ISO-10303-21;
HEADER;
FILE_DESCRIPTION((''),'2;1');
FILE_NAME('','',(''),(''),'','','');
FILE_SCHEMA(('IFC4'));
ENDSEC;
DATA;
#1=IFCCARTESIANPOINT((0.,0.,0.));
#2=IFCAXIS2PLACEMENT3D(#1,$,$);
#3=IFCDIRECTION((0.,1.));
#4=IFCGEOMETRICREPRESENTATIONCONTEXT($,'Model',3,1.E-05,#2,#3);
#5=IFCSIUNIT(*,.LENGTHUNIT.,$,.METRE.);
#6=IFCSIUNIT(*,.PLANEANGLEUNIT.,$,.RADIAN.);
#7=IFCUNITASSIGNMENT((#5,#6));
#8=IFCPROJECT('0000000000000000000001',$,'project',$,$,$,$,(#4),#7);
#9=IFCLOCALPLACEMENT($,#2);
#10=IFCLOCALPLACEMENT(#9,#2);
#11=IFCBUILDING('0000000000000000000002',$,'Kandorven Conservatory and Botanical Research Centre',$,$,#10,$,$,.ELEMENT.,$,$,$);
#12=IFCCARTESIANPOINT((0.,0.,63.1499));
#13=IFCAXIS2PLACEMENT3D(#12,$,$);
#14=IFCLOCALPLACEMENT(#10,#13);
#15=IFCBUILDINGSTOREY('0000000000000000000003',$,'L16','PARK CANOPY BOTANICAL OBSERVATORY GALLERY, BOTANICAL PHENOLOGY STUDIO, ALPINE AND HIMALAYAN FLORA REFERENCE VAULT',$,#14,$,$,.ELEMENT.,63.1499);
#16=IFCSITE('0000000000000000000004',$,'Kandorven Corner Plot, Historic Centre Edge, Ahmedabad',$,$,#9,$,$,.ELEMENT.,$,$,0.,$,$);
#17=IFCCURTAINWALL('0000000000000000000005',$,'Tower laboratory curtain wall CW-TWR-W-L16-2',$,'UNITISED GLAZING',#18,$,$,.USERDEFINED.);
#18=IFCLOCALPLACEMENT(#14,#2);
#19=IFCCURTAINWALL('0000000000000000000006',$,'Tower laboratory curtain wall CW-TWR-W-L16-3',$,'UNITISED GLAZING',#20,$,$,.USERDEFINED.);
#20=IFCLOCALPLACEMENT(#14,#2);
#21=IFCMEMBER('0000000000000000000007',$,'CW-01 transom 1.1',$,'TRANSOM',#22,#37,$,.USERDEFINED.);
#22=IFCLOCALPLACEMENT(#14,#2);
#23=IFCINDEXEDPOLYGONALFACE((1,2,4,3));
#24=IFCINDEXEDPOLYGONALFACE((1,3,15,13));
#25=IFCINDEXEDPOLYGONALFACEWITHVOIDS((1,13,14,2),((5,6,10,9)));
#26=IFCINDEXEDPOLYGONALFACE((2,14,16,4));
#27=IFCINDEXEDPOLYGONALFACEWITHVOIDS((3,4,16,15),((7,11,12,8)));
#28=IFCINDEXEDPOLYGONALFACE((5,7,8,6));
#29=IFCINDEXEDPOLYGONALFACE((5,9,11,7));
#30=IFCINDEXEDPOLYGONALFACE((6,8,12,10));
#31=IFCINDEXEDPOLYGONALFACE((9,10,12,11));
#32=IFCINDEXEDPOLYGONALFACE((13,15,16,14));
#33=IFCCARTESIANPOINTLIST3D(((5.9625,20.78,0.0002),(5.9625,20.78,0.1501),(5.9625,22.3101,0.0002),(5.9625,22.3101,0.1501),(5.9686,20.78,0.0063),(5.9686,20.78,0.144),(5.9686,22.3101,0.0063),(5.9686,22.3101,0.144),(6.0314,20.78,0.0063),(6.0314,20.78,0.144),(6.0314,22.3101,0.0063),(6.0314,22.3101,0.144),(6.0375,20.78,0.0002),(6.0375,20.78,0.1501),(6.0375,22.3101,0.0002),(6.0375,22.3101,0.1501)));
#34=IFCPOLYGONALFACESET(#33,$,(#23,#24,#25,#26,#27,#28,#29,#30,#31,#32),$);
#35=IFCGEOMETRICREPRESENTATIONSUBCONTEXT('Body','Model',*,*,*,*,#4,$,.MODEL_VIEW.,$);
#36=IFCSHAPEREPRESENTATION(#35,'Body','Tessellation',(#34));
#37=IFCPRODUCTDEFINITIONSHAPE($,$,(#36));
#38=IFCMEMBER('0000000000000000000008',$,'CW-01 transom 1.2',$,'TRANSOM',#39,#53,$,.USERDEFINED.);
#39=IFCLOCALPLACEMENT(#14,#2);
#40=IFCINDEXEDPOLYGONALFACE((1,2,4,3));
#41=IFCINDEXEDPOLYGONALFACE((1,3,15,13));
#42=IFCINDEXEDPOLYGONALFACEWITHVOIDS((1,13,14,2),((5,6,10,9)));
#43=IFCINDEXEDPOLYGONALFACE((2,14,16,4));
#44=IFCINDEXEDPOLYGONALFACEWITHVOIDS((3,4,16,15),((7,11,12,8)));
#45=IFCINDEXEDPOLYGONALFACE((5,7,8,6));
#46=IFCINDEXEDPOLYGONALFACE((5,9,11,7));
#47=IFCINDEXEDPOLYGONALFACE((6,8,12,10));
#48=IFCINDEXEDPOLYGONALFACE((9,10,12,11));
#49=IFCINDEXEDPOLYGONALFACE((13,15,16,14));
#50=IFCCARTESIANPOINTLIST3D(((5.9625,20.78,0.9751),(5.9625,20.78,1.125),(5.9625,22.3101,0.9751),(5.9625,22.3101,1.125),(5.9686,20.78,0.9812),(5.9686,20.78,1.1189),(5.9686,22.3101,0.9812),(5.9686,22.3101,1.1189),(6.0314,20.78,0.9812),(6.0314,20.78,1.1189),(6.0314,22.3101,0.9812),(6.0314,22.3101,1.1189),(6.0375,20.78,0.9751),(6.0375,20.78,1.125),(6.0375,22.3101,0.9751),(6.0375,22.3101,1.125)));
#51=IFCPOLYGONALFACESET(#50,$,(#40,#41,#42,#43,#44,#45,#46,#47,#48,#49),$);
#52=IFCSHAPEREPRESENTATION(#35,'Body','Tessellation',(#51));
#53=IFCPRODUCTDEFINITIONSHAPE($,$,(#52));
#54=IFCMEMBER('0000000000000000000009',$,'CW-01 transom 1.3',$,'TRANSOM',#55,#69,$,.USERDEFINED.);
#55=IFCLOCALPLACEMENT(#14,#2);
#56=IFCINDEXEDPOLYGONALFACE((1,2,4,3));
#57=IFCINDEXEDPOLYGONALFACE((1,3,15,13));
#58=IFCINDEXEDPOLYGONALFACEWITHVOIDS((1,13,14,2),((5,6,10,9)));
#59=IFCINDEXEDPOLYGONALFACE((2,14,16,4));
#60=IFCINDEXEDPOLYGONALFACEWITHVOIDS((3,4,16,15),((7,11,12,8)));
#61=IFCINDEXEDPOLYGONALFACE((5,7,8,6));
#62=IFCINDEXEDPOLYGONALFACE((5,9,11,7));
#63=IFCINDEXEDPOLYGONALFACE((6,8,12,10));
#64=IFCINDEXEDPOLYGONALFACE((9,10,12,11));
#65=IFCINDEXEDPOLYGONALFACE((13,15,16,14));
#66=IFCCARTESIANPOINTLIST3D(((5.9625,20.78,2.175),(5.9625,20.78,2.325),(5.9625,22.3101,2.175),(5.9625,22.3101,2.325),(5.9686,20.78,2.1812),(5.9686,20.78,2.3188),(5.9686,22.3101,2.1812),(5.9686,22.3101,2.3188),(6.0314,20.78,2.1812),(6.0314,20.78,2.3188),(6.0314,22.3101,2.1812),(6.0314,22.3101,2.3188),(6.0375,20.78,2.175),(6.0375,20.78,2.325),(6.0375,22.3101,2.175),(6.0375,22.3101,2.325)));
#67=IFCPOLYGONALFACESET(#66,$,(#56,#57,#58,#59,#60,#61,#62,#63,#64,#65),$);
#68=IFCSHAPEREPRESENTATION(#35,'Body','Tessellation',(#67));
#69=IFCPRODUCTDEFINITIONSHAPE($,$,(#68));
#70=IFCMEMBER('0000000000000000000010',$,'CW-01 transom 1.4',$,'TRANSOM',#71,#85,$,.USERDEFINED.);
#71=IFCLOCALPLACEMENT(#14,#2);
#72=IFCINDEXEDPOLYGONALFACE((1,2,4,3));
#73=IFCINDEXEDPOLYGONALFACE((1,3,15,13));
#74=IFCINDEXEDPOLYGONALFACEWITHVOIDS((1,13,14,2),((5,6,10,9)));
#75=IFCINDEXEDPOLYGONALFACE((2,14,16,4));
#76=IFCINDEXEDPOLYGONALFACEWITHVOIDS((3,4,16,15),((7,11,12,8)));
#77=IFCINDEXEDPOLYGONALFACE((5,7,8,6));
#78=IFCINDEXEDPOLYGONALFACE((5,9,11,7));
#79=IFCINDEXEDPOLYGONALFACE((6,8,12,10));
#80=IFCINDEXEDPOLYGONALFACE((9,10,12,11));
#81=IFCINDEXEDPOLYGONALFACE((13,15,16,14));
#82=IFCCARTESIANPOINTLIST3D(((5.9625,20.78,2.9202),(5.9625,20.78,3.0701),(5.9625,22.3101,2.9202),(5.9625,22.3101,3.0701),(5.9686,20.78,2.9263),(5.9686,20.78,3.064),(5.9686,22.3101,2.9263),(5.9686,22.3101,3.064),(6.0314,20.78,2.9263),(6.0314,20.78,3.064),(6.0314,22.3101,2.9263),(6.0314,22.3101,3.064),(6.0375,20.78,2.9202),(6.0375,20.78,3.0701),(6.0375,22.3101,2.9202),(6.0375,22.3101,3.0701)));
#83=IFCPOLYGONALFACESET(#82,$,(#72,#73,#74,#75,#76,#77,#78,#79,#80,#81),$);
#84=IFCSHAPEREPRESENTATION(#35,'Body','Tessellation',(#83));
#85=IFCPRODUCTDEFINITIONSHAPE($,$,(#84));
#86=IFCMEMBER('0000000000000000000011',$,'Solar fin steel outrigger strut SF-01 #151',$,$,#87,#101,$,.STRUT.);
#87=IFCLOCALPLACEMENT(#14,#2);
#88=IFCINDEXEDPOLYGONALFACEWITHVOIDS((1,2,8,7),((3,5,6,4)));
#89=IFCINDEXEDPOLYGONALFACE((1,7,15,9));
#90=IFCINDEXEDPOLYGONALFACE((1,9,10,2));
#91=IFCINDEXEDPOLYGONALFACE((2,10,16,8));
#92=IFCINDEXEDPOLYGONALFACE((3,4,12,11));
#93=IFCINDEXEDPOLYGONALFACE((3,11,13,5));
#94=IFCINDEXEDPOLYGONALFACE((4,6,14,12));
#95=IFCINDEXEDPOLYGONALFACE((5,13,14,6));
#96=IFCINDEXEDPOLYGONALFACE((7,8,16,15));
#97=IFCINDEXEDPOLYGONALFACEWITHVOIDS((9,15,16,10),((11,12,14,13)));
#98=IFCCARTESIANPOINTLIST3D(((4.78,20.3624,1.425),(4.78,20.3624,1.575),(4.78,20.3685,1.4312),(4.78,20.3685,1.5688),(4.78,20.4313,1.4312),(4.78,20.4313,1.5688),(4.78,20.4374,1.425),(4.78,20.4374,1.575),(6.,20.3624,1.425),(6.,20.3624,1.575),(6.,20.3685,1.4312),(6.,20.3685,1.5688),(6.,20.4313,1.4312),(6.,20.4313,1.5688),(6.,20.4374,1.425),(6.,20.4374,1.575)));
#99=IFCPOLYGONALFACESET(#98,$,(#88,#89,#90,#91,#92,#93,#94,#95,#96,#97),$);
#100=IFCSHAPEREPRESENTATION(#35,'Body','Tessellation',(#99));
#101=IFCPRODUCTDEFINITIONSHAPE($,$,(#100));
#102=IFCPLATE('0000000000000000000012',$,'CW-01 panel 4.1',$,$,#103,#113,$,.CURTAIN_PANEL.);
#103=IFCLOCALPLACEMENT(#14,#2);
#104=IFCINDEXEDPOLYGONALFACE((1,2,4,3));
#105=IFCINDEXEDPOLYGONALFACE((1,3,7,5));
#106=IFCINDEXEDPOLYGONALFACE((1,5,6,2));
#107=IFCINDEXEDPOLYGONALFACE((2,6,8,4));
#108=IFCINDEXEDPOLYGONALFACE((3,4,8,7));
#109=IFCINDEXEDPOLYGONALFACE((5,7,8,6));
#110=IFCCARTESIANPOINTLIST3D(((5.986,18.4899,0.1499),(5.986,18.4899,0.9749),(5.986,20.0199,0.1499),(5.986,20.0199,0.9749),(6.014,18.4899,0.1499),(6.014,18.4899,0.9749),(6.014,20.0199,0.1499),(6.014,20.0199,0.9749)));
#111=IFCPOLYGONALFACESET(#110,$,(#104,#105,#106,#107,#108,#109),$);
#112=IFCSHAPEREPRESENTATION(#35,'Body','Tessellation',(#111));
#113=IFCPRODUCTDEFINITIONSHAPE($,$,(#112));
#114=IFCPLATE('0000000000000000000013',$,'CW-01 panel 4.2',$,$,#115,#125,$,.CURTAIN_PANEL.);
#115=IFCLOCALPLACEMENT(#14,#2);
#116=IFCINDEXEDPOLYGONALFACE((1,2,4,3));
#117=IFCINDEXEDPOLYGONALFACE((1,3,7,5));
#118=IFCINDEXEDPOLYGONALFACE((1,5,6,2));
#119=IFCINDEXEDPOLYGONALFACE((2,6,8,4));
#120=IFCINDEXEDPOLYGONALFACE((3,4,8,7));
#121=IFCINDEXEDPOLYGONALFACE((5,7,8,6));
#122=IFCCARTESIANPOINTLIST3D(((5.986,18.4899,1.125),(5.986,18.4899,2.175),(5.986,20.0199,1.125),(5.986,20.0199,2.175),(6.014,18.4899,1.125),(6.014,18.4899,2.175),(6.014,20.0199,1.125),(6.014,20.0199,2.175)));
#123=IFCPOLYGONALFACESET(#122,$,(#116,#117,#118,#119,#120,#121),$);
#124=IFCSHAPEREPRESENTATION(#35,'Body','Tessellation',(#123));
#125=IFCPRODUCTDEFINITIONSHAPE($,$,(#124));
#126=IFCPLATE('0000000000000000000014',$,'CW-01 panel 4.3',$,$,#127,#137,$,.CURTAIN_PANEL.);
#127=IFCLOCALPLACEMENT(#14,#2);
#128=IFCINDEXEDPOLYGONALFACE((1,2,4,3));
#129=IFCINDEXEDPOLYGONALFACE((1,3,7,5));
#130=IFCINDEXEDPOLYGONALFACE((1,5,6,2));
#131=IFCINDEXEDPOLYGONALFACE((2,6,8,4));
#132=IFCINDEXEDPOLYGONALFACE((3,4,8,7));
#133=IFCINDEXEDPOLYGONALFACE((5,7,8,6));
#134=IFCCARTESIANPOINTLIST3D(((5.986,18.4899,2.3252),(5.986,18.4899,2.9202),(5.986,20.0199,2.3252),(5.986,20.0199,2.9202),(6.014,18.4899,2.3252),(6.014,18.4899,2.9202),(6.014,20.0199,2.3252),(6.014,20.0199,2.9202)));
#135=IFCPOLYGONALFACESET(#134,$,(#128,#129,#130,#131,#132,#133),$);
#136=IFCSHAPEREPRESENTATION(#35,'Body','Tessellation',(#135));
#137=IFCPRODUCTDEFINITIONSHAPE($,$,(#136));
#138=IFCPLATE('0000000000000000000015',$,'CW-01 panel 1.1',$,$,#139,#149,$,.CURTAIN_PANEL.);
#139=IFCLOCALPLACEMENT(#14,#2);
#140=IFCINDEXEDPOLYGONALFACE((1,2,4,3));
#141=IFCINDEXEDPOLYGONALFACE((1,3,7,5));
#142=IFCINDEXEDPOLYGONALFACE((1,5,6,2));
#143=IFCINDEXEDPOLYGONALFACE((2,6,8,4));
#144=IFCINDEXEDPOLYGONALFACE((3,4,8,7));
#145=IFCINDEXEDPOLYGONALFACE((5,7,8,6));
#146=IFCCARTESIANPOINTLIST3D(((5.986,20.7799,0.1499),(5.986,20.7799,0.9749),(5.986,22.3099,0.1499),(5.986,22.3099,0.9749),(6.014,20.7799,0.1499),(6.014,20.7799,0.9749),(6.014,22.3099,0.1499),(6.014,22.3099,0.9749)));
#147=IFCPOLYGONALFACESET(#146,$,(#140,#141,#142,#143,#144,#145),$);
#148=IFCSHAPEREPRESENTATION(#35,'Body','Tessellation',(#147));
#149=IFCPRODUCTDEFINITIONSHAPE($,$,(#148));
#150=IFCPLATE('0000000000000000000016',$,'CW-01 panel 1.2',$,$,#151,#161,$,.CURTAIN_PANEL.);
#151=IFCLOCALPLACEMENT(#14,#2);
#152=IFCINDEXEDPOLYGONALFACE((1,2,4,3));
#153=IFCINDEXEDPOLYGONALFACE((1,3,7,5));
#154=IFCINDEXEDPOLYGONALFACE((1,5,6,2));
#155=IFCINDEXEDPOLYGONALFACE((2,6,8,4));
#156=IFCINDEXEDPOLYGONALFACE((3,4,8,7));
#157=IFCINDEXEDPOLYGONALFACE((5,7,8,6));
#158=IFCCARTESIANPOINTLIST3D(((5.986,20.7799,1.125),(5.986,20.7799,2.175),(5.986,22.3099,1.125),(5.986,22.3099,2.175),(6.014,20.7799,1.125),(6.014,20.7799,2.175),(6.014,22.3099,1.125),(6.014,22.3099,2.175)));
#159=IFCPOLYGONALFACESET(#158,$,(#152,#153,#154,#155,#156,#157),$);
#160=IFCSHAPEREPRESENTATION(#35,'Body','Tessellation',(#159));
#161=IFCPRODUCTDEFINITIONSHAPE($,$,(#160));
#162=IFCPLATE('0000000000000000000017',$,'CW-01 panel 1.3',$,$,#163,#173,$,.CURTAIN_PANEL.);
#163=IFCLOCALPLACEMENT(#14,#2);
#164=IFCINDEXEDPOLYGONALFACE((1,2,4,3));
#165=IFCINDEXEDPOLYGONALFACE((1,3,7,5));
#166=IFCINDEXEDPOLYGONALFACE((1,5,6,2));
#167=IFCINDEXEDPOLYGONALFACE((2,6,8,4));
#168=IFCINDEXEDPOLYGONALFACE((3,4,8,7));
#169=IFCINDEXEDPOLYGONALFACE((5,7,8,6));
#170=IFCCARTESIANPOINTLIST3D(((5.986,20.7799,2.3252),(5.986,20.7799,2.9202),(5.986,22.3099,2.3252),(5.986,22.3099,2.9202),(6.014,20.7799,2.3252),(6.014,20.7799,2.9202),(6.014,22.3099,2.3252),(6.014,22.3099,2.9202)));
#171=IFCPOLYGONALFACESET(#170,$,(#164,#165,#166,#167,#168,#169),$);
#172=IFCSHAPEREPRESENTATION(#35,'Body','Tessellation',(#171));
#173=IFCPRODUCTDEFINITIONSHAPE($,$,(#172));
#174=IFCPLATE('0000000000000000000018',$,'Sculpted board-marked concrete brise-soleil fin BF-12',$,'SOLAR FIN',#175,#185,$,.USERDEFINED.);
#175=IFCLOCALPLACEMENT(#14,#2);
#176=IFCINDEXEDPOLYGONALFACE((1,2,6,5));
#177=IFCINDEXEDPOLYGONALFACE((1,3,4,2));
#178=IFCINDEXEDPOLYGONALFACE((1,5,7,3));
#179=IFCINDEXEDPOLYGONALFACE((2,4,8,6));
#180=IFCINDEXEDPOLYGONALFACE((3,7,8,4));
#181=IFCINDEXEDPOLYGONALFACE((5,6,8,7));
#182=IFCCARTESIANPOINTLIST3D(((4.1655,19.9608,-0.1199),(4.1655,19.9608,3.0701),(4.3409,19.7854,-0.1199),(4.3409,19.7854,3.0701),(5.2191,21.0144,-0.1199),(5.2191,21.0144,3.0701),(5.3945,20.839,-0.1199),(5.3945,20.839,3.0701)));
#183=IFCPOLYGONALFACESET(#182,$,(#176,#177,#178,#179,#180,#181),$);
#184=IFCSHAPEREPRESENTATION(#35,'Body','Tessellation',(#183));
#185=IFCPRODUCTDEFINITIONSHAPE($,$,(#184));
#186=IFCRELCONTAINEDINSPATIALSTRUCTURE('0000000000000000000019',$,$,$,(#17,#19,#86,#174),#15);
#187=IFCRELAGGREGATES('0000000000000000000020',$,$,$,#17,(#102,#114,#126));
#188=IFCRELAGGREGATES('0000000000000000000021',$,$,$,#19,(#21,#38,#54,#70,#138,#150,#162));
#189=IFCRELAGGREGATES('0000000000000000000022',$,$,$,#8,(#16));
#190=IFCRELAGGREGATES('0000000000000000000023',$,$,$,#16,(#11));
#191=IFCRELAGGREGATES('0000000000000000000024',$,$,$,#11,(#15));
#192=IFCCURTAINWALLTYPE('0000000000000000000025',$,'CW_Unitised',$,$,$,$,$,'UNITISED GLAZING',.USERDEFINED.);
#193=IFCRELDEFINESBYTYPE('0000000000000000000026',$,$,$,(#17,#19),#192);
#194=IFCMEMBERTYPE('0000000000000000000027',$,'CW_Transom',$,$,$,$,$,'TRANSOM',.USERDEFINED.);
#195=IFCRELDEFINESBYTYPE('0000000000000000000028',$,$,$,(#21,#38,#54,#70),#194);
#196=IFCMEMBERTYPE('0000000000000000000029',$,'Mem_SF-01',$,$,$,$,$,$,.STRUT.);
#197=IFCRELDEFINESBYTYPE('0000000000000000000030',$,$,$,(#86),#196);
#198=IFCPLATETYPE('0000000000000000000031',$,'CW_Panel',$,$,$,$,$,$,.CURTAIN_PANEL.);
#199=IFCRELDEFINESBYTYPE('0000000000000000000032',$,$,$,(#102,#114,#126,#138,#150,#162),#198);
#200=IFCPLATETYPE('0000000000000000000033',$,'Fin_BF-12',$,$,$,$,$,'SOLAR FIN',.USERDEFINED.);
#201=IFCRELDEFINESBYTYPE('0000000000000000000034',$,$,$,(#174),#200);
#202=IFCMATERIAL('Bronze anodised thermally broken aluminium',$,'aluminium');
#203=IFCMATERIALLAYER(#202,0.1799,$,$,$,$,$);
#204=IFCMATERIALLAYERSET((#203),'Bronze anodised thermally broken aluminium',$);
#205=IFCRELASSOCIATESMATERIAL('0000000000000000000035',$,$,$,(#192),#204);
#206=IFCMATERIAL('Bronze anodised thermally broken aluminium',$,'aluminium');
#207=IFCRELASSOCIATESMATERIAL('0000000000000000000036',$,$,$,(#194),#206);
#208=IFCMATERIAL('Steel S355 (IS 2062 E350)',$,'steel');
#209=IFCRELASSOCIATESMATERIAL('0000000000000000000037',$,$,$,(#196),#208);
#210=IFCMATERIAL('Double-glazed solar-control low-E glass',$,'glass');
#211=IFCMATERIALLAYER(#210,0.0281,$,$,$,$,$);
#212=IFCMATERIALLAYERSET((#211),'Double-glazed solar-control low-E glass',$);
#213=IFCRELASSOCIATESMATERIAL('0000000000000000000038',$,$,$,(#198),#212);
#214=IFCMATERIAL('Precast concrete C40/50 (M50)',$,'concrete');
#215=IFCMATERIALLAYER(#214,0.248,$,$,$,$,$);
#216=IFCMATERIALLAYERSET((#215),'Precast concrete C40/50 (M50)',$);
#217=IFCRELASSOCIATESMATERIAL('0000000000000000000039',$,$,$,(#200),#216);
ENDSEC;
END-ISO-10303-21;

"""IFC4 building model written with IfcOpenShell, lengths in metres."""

from ifc_helpers import new_model, si_unit, direction, frame, origin, origin_2d, place, context, subcontext, project, spatial, rectangle, hollow_rectangle, extrude, material, layer, layer_set, material_profile, profile_set, type_object, element, aggregate, save


model = new_model("IFC4")

# Units and contexts
model_context = context("Model", 3, precision=1e-05, world=origin(), true_north=direction((0.0, 1.0)))
body_context = subcontext(model_context, "Body", "Model", "MODEL_VIEW")
ifc_project = project(units=[si_unit("LENGTHUNIT", "METRE"), si_unit("PLANEANGLEUNIT", "RADIAN")], contexts=[model_context])

# Site, building, storey
site_placement = place(None, origin())
site = spatial("IfcSite", under=ifc_project, at=site_placement, Name="Kandorven Corner Plot, Historic Centre Edge, Ahmedabad", CompositionType="ELEMENT", RefElevation=0.0)
building_placement = place(site_placement, origin())
building = spatial("IfcBuilding", under=site, at=building_placement, Name="Kandorven Conservatory and Botanical Research Centre", CompositionType="ELEMENT")
storey_placement = place(building_placement, frame((0.0, 0.0, 63.1499)))
storey = spatial("IfcBuildingStorey", under=building, at=storey_placement, Name="L16", Description="PARK CANOPY BOTANICAL OBSERVATORY GALLERY, BOTANICAL PHENOLOGY STUDIO, ALPINE AND HIMALAYAN FLORA REFERENCE VAULT", CompositionType="ELEMENT", Elevation=63.1499)

# Curtain walls
ifc_material_1 = material(Name="Bronze anodised thermally broken aluminium", Category="aluminium")
ifc_layer_1 = layer(ifc_material_1, 0.1799)
ifc_layer_set_1 = layer_set([ifc_layer_1], Name="Bronze anodised thermally broken aluminium")
curtain_wall_type = type_object("IfcCurtainWallType", Name="CW_Unitised", ElementType="UNITISED GLAZING", PredefinedType="USERDEFINED", material=ifc_layer_set_1)
curtain_wall_1_placement = place(storey_placement, origin())
curtain_wall_1 = element("IfcCurtainWall", 1, at=curtain_wall_1_placement, inside=storey, type_object=curtain_wall_type, Name="Tower laboratory curtain wall CW-TWR-W-L16-2", ObjectType="UNITISED GLAZING", PredefinedType="USERDEFINED")
curtain_wall_2_placement = place(storey_placement, origin())
curtain_wall_2 = element("IfcCurtainWall", 2, at=curtain_wall_2_placement, inside=storey, type_object=curtain_wall_type, Name="Tower laboratory curtain wall CW-TWR-W-L16-3", ObjectType="UNITISED GLAZING", PredefinedType="USERDEFINED")

# Members
ifc_material_2 = material(Name="Bronze anodised thermally broken aluminium", Category="aluminium")
ifc_material_profile_1 = material_profile(ifc_material_2, hollow_rectangle(XDim=0.075, YDim=0.1499, WallThickness=0.0061, at=origin_2d()))
ifc_profile_set_1 = profile_set([ifc_material_profile_1], Name="Bronze anodised thermally broken aluminium")
member_type_1 = type_object("IfcMemberType", Name="CW_Transom", ElementType="TRANSOM", PredefinedType="USERDEFINED", material=ifc_profile_set_1)
member_1_placement = place(storey_placement, frame((6.0, 20.78, 0.0752), z_axis=(0.0, 1.0, 0.0), x_axis=(-1.0, 0.0, 0.0)))
member_1 = element("IfcMember", 3, at=member_1_placement, type_object=member_type_1, Name="CW-01 transom 1.1", ObjectType="TRANSOM", PredefinedType="USERDEFINED", context=body_context, shape_type="SweptSolid", body=[
    extrude(hollow_rectangle(XDim=0.075, YDim=0.1499, WallThickness=0.0061, at=origin_2d()), origin(), (0.0, 0.0, 1.0), 1.53),
])
member_2_placement = place(storey_placement, frame((6.0, 20.78, 1.05), z_axis=(0.0, 1.0, 0.0), x_axis=(-1.0, 0.0, 0.0)))
member_2 = element("IfcMember", 4, at=member_2_placement, type_object=member_type_1, Name="CW-01 transom 1.2", ObjectType="TRANSOM", PredefinedType="USERDEFINED", context=body_context, shape_type="SweptSolid", body=[
    extrude(hollow_rectangle(XDim=0.075, YDim=0.1499, WallThickness=0.0061, at=origin_2d()), origin(), (0.0, 0.0, 1.0), 1.53),
])
member_3_placement = place(storey_placement, frame((6.0, 20.78, 2.25), z_axis=(0.0, 1.0, 0.0), x_axis=(-1.0, 0.0, 0.0)))
member_3 = element("IfcMember", 5, at=member_3_placement, type_object=member_type_1, Name="CW-01 transom 1.3", ObjectType="TRANSOM", PredefinedType="USERDEFINED", context=body_context, shape_type="SweptSolid", body=[
    extrude(hollow_rectangle(XDim=0.075, YDim=0.1499, WallThickness=0.0061, at=origin_2d()), origin(), (0.0, 0.0, 1.0), 1.53),
])
member_4_placement = place(storey_placement, frame((6.0, 20.78, 2.9951), z_axis=(0.0, 1.0, 0.0), x_axis=(-1.0, 0.0, 0.0)))
member_4 = element("IfcMember", 6, at=member_4_placement, type_object=member_type_1, Name="CW-01 transom 1.4", ObjectType="TRANSOM", PredefinedType="USERDEFINED", context=body_context, shape_type="SweptSolid", body=[
    extrude(hollow_rectangle(XDim=0.075, YDim=0.1499, WallThickness=0.0061, at=origin_2d()), origin(), (0.0, 0.0, 1.0), 1.53),
])
ifc_material_3 = material(Name="Steel S355 (IS 2062 E350)", Category="steel")
ifc_material_profile_2 = material_profile(ifc_material_3, hollow_rectangle(XDim=0.075, YDim=0.1499, WallThickness=0.0061, at=origin_2d()))
ifc_profile_set_2 = profile_set([ifc_material_profile_2], Name="Steel S355 (IS 2062 E350)")
member_type_2 = type_object("IfcMemberType", Name="Mem_SF-01", PredefinedType="STRUT", material=ifc_profile_set_2)
member_5_placement = place(storey_placement, frame((6.0, 20.3999, 1.5), z_axis=(-1.0, 0.0, 0.0), x_axis=(0.0, -1.0, 0.0)))
element("IfcMember", 7, at=member_5_placement, inside=storey, type_object=member_type_2, Name="Solar fin steel outrigger strut SF-01 #151", PredefinedType="STRUT", context=body_context, shape_type="SweptSolid", body=[
    extrude(hollow_rectangle(XDim=0.075, YDim=0.1499, WallThickness=0.0061, at=origin_2d()), origin(), (0.0, 0.0, 1.0), 1.22),
])

# Plates
ifc_material_4 = material(Name="Double-glazed solar-control low-E glass", Category="glass")
ifc_layer_2 = layer(ifc_material_4, 0.0281)
ifc_layer_set_2 = layer_set([ifc_layer_2], Name="Double-glazed solar-control low-E glass")
plate_type_1 = type_object("IfcPlateType", Name="CW_Panel", PredefinedType="CURTAIN_PANEL", material=ifc_layer_set_2)
plate_1_placement = place(storey_placement, frame((6.0, 19.2549, 0.1499), z_axis=(0.0, 0.0, 1.0), x_axis=(0.0, 1.0, 0.0)))
plate_1 = element("IfcPlate", 8, at=plate_1_placement, type_object=plate_type_1, Name="CW-01 panel 4.1", PredefinedType="CURTAIN_PANEL", context=body_context, shape_type="SweptSolid", body=[
    extrude(rectangle(XDim=1.53, YDim=0.0281, at=origin_2d()), origin(), (0.0, 0.0, 1.0), 0.825),
])
plate_2_placement = place(storey_placement, frame((6.0, 19.2549, 1.125), z_axis=(0.0, 0.0, 1.0), x_axis=(0.0, 1.0, 0.0)))
plate_2 = element("IfcPlate", 9, at=plate_2_placement, type_object=plate_type_1, Name="CW-01 panel 4.2", PredefinedType="CURTAIN_PANEL", context=body_context, shape_type="SweptSolid", body=[
    extrude(rectangle(XDim=1.53, YDim=0.0281, at=origin_2d()), origin(), (0.0, 0.0, 1.0), 1.05),
])
plate_3_placement = place(storey_placement, frame((6.0, 19.2549, 2.3252), z_axis=(0.0, 0.0, 1.0), x_axis=(0.0, 1.0, 0.0)))
plate_3 = element("IfcPlate", 10, at=plate_3_placement, type_object=plate_type_1, Name="CW-01 panel 4.3", PredefinedType="CURTAIN_PANEL", context=body_context, shape_type="SweptSolid", body=[
    extrude(rectangle(XDim=1.53, YDim=0.0281, at=origin_2d()), origin(), (0.0, 0.0, 1.0), 0.595),
])
aggregate(curtain_wall_1, [plate_1, plate_2, plate_3])
plate_4_placement = place(storey_placement, frame((6.0, 21.5449, 0.1499), z_axis=(0.0, 0.0, 1.0), x_axis=(0.0, 1.0, 0.0)))
plate_4 = element("IfcPlate", 11, at=plate_4_placement, type_object=plate_type_1, Name="CW-01 panel 1.1", PredefinedType="CURTAIN_PANEL", context=body_context, shape_type="SweptSolid", body=[
    extrude(rectangle(XDim=1.53, YDim=0.0281, at=origin_2d()), origin(), (0.0, 0.0, 1.0), 0.825),
])
plate_5_placement = place(storey_placement, frame((6.0, 21.5449, 1.125), z_axis=(0.0, 0.0, 1.0), x_axis=(0.0, 1.0, 0.0)))
plate_5 = element("IfcPlate", 12, at=plate_5_placement, type_object=plate_type_1, Name="CW-01 panel 1.2", PredefinedType="CURTAIN_PANEL", context=body_context, shape_type="SweptSolid", body=[
    extrude(rectangle(XDim=1.53, YDim=0.0281, at=origin_2d()), origin(), (0.0, 0.0, 1.0), 1.05),
])
plate_6_placement = place(storey_placement, frame((6.0, 21.5449, 2.3252), z_axis=(0.0, 0.0, 1.0), x_axis=(0.0, 1.0, 0.0)))
plate_6 = element("IfcPlate", 13, at=plate_6_placement, type_object=plate_type_1, Name="CW-01 panel 1.3", PredefinedType="CURTAIN_PANEL", context=body_context, shape_type="SweptSolid", body=[
    extrude(rectangle(XDim=1.53, YDim=0.0281, at=origin_2d()), origin(), (0.0, 0.0, 1.0), 0.595),
])
aggregate(curtain_wall_2, [member_1, member_2, member_3, member_4, plate_4, plate_5, plate_6])
ifc_material_5 = material(Name="Precast concrete C40/50 (M50)", Category="concrete")
ifc_layer_3 = layer(ifc_material_5, 0.248)
ifc_layer_set_3 = layer_set([ifc_layer_3], Name="Precast concrete C40/50 (M50)")
plate_type_2 = type_object("IfcPlateType", Name="Fin_BF-12", ElementType="SOLAR FIN", PredefinedType="USERDEFINED", material=ifc_layer_set_3)
plate_7_placement = place(storey_placement, frame((4.78, 20.3999, -0.1199), z_axis=(0.0, 0.0, 1.0), x_axis=(0.707107, 0.707107, 0.0)))
element("IfcPlate", 14, at=plate_7_placement, inside=storey, type_object=plate_type_2, Name="Sculpted board-marked concrete brise-soleil fin BF-12", ObjectType="SOLAR FIN", PredefinedType="USERDEFINED", context=body_context, shape_type="SweptSolid", body=[
    extrude(rectangle(XDim=1.49, YDim=0.248, at=origin_2d()), origin(), (0.0, 0.0, 1.0), 3.1899),
])

save(model, "model.ifc")
